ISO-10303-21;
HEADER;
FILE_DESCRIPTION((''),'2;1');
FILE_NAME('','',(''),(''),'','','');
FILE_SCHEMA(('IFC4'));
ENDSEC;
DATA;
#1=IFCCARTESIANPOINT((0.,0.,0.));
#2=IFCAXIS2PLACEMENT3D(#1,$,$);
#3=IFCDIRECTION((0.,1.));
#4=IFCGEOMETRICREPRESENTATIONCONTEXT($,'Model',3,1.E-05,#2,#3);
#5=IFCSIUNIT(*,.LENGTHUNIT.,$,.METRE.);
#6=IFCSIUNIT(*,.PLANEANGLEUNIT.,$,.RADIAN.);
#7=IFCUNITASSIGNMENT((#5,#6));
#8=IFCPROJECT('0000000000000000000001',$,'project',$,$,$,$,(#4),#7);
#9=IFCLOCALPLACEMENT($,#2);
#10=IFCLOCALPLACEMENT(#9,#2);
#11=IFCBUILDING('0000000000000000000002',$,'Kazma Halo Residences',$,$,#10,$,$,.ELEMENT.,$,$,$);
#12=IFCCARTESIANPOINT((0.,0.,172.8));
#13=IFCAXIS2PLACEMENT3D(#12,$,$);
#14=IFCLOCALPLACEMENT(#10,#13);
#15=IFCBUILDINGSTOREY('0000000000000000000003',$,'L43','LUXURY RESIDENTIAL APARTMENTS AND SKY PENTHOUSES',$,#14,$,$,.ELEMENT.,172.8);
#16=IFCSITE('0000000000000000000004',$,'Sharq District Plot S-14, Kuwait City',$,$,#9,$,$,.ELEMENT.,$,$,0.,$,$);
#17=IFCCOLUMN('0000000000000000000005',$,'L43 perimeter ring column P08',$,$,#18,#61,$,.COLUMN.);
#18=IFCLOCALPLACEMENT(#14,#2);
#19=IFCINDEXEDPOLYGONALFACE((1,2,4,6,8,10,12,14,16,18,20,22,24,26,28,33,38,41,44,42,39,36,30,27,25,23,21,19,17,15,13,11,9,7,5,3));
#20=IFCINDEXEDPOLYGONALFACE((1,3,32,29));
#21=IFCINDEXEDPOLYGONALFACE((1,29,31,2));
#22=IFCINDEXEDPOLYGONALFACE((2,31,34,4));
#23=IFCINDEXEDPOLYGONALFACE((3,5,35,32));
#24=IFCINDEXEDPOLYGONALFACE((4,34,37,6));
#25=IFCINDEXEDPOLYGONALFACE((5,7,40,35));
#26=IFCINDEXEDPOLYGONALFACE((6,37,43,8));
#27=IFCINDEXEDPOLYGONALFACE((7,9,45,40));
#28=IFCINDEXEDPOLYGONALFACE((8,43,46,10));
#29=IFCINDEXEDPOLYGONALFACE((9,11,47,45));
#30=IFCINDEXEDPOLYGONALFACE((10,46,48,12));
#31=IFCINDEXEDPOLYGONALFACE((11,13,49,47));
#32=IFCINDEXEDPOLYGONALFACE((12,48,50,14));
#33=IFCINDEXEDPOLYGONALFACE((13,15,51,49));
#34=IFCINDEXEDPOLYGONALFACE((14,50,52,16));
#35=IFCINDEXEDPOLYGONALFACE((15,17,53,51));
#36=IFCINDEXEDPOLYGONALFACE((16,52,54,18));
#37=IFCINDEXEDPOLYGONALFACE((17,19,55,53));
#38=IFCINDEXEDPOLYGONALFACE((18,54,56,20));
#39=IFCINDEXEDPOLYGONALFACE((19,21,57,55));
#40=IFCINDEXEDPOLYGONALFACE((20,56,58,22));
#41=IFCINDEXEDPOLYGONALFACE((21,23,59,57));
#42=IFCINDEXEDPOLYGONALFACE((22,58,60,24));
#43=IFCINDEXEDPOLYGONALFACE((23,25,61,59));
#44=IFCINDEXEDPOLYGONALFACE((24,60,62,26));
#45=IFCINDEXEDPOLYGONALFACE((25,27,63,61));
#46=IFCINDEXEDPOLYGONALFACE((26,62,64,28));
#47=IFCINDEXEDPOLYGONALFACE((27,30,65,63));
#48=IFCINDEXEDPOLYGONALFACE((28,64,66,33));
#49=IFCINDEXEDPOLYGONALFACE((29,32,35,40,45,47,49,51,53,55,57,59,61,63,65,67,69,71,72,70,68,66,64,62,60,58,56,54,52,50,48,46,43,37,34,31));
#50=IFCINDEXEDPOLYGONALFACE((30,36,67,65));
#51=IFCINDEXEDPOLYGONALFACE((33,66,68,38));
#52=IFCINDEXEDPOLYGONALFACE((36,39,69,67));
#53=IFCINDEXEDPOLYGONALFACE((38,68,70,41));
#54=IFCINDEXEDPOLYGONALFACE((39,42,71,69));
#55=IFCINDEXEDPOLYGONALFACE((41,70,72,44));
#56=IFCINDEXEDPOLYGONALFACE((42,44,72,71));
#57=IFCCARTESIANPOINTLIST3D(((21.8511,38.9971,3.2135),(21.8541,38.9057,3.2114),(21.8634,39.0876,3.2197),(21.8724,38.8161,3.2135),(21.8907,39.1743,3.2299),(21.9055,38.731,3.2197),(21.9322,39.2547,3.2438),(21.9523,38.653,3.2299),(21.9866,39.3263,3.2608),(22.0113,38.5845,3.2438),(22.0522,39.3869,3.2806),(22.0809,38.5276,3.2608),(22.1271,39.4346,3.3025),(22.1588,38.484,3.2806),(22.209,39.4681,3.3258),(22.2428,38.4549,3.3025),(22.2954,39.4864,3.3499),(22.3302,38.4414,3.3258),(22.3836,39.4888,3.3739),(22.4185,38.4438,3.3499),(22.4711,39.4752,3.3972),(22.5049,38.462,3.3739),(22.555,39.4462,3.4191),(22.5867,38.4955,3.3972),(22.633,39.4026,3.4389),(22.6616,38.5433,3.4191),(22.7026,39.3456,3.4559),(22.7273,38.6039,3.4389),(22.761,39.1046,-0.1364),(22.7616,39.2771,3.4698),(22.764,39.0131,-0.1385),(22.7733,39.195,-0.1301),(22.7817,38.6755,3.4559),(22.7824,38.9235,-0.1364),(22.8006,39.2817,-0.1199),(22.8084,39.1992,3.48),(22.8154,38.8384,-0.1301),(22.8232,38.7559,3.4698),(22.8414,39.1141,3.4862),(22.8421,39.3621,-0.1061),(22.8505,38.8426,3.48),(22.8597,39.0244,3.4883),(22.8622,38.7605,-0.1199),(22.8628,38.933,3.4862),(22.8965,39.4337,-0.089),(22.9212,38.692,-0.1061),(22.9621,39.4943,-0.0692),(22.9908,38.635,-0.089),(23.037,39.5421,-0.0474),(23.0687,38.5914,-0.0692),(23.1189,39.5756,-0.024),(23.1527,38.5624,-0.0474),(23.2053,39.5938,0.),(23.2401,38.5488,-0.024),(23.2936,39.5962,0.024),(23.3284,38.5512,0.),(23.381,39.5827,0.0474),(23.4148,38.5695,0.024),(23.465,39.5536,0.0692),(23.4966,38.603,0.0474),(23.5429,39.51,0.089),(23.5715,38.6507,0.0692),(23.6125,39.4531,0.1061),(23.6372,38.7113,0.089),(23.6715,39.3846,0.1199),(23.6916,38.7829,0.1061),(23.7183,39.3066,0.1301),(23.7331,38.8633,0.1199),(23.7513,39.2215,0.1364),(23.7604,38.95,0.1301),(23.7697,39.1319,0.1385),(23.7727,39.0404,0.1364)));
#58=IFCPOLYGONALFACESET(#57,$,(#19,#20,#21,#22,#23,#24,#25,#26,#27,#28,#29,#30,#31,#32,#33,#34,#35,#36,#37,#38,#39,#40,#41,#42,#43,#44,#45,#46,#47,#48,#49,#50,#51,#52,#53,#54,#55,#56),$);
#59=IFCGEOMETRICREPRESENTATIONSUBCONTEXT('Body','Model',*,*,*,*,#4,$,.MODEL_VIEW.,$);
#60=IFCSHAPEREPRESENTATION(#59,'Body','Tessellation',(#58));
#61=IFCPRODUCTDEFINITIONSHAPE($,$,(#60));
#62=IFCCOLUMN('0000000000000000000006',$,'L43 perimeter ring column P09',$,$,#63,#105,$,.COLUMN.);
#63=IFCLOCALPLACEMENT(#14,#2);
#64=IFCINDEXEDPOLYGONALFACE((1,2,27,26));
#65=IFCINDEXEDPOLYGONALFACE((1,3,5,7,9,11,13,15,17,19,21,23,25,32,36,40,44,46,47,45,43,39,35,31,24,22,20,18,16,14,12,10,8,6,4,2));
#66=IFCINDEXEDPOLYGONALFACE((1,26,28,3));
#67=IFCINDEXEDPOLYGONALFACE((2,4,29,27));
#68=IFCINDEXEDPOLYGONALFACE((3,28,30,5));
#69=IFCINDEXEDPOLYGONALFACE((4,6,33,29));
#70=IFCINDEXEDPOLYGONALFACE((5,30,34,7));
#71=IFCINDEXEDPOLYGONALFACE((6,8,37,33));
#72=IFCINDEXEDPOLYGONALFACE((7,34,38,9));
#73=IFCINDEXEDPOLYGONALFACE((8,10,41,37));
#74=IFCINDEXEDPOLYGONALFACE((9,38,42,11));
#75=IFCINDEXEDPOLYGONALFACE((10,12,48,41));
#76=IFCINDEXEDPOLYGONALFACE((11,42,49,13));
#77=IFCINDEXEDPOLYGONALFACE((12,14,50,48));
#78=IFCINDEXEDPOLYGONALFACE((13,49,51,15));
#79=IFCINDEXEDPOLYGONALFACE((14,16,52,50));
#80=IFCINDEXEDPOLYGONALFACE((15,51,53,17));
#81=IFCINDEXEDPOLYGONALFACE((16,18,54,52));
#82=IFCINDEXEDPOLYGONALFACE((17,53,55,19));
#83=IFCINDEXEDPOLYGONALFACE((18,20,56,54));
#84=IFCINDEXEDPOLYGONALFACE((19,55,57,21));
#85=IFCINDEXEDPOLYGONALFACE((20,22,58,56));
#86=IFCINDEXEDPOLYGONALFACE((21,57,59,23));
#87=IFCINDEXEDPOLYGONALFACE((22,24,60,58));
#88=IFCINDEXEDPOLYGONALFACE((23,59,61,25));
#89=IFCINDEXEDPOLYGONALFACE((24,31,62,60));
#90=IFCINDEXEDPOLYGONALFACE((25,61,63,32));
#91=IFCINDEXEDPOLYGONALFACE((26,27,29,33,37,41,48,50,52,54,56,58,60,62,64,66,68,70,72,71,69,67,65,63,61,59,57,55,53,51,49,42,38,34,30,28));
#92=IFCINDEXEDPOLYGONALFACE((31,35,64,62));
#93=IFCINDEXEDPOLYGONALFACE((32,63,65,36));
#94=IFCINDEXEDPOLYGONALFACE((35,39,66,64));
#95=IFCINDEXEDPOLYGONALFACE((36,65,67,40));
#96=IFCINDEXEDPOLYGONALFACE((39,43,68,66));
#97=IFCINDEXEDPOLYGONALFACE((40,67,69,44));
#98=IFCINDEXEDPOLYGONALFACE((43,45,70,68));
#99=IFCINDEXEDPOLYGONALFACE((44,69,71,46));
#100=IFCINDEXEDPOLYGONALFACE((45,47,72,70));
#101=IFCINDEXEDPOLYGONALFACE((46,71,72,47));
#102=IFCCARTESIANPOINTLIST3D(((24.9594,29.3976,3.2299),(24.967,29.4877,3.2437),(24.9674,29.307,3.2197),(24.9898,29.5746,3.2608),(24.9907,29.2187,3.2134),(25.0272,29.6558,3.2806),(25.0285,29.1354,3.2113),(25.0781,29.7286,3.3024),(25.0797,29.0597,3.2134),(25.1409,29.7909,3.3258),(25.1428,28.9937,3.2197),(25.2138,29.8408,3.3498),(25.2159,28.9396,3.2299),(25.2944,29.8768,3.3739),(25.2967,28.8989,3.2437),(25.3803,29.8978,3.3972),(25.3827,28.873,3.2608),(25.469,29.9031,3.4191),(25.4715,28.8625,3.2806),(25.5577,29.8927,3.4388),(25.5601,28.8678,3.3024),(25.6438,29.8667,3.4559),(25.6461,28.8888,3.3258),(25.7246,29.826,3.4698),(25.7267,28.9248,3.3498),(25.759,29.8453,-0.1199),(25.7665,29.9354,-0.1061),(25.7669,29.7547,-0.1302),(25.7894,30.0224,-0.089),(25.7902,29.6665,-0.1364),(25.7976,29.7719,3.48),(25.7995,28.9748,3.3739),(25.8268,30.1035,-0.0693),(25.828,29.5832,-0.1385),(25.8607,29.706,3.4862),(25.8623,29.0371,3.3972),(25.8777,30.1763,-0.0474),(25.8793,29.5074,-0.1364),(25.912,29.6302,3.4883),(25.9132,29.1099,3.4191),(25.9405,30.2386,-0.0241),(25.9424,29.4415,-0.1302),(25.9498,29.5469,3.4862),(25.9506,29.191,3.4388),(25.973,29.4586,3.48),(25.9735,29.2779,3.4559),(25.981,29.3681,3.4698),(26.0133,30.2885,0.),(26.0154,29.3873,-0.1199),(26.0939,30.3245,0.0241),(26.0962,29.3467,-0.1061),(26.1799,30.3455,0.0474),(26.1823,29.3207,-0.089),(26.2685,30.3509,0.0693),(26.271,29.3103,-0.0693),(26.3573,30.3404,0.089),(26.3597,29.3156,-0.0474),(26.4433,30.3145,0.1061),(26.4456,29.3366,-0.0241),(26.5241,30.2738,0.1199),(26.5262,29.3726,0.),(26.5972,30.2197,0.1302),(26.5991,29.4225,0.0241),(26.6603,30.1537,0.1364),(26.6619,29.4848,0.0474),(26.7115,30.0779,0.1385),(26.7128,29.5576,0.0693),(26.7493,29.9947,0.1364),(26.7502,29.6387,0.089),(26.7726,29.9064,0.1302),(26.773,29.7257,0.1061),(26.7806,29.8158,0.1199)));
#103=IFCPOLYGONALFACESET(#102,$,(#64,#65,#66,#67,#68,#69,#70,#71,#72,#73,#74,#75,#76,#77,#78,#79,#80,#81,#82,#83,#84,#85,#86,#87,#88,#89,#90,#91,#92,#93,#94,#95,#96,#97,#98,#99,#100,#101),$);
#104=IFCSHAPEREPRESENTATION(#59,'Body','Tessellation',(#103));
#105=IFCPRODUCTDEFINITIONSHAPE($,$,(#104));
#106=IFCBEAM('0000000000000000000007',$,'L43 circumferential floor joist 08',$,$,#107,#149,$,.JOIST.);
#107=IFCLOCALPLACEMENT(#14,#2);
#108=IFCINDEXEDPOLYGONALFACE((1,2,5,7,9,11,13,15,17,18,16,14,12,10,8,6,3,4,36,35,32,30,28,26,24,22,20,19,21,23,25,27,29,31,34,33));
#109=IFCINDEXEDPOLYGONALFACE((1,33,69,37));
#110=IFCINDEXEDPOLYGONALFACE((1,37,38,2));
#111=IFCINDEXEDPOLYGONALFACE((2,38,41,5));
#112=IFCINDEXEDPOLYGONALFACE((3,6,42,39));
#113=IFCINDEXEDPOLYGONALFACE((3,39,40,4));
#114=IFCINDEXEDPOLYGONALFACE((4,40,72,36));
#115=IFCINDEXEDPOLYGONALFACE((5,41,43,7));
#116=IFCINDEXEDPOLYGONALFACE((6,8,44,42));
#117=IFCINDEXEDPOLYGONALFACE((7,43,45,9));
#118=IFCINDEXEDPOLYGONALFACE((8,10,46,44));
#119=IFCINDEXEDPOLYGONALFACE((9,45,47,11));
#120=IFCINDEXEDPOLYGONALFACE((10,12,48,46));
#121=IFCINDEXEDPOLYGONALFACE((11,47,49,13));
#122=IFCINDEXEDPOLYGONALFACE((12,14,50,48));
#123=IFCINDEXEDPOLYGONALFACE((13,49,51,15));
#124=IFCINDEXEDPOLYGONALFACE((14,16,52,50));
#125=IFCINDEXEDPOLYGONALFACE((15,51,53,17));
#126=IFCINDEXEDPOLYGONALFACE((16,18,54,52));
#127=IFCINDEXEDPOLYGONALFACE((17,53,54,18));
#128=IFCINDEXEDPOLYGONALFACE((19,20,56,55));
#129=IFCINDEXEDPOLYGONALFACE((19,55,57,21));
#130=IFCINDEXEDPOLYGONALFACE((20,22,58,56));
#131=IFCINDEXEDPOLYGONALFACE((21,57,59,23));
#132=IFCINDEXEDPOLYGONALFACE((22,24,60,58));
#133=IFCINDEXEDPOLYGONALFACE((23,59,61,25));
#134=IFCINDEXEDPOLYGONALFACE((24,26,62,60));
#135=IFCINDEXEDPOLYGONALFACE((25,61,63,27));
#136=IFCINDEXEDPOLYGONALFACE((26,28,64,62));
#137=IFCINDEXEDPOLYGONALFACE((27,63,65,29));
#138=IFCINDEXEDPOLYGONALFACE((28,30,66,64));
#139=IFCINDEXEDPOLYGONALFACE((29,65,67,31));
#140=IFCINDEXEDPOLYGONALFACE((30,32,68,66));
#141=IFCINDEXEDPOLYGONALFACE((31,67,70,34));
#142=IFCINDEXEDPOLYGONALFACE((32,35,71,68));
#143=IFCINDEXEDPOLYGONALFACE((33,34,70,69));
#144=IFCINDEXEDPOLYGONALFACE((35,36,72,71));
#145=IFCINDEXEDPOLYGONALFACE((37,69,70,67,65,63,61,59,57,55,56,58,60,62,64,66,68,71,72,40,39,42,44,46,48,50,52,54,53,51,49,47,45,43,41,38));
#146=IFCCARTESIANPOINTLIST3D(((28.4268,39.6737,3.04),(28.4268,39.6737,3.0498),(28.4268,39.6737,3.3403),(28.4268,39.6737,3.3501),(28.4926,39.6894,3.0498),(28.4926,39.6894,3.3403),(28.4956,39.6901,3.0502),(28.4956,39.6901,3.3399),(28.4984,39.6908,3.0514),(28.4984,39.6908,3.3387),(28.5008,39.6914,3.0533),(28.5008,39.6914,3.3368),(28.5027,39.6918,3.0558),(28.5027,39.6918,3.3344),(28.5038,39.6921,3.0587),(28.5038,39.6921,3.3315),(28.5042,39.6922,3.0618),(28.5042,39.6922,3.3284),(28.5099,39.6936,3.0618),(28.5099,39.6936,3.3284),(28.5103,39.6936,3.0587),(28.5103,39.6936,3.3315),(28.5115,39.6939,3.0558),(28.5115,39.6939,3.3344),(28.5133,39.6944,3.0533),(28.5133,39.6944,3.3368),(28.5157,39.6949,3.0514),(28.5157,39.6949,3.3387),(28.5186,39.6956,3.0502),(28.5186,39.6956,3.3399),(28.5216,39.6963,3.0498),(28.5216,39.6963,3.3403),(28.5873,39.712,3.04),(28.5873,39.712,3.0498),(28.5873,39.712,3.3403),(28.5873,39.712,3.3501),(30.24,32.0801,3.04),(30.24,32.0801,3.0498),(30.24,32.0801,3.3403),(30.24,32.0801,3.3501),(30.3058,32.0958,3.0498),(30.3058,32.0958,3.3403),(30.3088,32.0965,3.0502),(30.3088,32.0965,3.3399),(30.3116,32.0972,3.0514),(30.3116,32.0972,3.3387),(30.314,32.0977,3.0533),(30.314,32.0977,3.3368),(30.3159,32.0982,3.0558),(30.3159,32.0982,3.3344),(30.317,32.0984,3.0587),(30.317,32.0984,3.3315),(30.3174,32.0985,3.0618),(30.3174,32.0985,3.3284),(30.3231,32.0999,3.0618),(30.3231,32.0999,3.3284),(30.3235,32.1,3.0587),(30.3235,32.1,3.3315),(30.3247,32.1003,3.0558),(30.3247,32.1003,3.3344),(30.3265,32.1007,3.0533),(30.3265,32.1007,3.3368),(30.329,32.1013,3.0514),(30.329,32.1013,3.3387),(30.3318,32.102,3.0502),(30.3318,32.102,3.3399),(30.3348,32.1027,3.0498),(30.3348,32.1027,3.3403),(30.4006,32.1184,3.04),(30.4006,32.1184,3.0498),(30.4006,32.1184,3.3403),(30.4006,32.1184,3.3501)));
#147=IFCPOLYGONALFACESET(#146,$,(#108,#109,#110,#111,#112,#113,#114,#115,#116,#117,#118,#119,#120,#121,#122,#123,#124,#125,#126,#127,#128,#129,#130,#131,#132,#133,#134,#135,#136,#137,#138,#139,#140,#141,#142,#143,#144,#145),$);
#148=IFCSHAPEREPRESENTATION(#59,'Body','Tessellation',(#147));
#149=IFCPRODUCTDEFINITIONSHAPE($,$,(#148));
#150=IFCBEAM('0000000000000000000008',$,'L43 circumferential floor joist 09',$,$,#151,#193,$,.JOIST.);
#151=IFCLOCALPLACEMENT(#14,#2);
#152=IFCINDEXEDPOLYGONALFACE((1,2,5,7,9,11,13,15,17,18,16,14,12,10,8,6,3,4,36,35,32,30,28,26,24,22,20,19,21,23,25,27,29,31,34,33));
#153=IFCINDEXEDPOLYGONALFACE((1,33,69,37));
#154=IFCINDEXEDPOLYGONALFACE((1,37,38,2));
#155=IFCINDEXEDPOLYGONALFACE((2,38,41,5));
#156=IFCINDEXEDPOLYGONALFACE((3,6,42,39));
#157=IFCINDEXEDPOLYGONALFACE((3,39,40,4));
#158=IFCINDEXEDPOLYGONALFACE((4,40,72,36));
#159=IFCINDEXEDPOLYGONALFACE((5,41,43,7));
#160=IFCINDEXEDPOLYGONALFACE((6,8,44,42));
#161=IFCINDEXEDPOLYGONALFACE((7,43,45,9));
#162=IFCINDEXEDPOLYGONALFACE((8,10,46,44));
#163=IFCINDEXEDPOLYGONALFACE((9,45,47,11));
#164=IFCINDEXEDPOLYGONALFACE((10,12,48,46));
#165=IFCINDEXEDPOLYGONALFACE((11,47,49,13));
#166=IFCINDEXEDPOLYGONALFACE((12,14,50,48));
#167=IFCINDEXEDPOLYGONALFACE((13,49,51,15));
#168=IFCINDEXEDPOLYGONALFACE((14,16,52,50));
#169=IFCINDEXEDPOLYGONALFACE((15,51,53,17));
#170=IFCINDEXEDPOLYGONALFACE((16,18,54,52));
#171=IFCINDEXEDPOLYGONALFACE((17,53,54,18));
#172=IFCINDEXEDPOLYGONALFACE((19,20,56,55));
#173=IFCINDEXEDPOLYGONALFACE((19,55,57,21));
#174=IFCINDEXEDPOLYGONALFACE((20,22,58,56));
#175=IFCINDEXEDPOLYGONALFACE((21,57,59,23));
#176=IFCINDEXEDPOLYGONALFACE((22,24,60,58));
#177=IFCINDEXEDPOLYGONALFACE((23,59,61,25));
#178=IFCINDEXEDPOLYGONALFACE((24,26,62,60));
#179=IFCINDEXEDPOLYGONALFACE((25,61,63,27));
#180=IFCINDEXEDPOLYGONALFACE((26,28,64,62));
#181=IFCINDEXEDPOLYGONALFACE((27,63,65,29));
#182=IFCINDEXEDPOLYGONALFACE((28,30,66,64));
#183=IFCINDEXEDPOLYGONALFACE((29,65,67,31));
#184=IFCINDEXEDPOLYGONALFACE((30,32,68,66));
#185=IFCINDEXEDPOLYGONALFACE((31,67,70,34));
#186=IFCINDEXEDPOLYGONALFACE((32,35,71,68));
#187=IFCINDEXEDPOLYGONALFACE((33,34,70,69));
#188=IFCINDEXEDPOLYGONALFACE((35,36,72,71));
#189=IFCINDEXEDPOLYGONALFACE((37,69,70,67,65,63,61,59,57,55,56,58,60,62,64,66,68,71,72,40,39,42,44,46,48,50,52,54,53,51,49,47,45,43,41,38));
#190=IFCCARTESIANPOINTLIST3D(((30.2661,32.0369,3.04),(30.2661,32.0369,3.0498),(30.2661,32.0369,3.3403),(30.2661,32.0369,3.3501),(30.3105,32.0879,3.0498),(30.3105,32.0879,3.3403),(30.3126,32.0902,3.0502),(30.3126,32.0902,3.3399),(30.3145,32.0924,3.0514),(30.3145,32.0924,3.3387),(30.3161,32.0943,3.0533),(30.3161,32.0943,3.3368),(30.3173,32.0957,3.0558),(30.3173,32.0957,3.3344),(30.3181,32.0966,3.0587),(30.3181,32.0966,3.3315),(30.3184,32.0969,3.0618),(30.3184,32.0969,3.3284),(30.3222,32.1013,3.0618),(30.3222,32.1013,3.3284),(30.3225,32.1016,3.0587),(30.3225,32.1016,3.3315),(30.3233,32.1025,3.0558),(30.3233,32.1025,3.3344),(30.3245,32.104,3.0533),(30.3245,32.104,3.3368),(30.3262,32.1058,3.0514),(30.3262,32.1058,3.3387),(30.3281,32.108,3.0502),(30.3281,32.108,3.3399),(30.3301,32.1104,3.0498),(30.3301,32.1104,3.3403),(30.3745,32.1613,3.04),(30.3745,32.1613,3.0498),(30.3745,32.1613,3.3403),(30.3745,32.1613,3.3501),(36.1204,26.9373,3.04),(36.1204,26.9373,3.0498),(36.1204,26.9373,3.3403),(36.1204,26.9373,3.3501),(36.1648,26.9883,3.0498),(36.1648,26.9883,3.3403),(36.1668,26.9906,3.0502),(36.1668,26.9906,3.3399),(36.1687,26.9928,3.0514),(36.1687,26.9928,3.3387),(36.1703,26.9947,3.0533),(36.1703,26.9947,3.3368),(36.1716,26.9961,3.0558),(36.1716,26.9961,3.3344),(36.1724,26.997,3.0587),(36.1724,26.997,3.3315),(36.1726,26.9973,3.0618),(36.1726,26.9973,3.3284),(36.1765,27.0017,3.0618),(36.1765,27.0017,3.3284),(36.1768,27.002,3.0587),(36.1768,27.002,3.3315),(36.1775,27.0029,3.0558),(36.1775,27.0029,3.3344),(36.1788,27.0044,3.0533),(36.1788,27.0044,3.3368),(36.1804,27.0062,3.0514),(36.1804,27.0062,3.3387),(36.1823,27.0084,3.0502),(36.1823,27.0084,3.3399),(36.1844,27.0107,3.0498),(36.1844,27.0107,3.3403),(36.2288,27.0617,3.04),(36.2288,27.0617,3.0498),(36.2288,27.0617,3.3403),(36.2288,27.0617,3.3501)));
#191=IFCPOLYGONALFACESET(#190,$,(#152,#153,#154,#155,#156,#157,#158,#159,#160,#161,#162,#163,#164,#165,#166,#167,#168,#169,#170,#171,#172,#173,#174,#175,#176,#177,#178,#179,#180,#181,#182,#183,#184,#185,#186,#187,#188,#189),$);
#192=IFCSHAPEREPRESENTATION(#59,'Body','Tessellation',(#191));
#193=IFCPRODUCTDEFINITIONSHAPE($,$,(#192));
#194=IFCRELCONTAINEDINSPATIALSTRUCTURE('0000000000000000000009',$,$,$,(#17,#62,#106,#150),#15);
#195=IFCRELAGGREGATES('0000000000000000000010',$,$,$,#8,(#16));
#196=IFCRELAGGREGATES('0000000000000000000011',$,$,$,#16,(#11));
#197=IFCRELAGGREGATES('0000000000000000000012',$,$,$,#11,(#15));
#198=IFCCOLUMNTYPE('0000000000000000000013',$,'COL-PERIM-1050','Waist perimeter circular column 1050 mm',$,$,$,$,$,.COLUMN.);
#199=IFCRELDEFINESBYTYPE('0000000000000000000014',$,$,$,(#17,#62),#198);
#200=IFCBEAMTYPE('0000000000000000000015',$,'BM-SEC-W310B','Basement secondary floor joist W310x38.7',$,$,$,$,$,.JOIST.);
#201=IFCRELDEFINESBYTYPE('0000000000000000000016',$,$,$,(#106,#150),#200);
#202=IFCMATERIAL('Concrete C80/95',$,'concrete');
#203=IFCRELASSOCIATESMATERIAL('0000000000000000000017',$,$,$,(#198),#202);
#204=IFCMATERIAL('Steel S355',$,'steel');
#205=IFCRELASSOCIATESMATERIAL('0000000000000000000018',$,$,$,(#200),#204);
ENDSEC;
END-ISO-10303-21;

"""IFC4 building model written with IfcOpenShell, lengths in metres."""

from ifc_helpers import new_model, si_unit, direction, frame, origin, origin_2d, place, context, subcontext, project, spatial, circle, i_section, extrude, material, material_profile, profile_set, type_object, element, save


model = new_model("IFC4")

# Units and contexts
model_context = context("Model", 3, precision=1e-05, world=origin(), true_north=direction((0.0, 1.0)))
body_context = subcontext(model_context, "Body", "Model", "MODEL_VIEW")
ifc_project = project(units=[si_unit("LENGTHUNIT", "METRE"), si_unit("PLANEANGLEUNIT", "RADIAN")], contexts=[model_context])

# Site, building, storey
site_placement = place(None, origin())
site = spatial("IfcSite", under=ifc_project, at=site_placement, Name="Sharq District Plot S-14, Kuwait City", CompositionType="ELEMENT", RefElevation=0.0)
building_placement = place(site_placement, origin())
building = spatial("IfcBuilding", under=site, at=building_placement, Name="Kazma Halo Residences", CompositionType="ELEMENT")
storey_placement = place(building_placement, frame((0.0, 0.0, 172.8)))
storey = spatial("IfcBuildingStorey", under=building, at=storey_placement, Name="L43", Description="LUXURY RESIDENTIAL APARTMENTS AND SKY PENTHOUSES", CompositionType="ELEMENT", Elevation=172.8)

# Columns
ifc_material_1 = material(Name="Concrete C80/95", Category="concrete")
ifc_material_profile_1 = material_profile(ifc_material_1, circle(Radius=0.5249, at=origin_2d()), Name="CIRC1050")
ifc_profile_set_1 = profile_set([ifc_material_profile_1], Name="Concrete C80/95")
column_type = type_object("IfcColumnType", Name="COL-PERIM-1050", Description="Waist perimeter circular column 1050 mm", PredefinedType="COLUMN", material=ifc_profile_set_1)
for number, where, z_axis, x_axis, name in (
    (1, (23.2668, 39.0725, 0.0), (-0.262004, -0.030932, 0.964571), (0.117243, -0.993103, 0.0), "L43 perimeter ring column P08"),
    (2, (26.2698, 29.8306, 0.0), (-0.230226, -0.128927, 0.964559), (0.488603, -0.872506, 0.0), "L43 perimeter ring column P09"),
):
    element("IfcColumn", number, at=place(storey_placement, frame(where, z_axis=z_axis, x_axis=x_axis)), inside=storey, type_object=column_type, Name=name, PredefinedType="COLUMN", context=body_context, shape_type="SweptSolid", body=[
        extrude(circle(Radius=0.5249, at=origin_2d()), origin(), (0.0, 0.0, 1.0), 3.4729),
    ])

# Beams
ifc_material_2 = material(Name="Steel S355", Category="steel")
ifc_material_profile_2 = material_profile(ifc_material_2, i_section(OverallWidth=0.165, OverallDepth=0.3101, WebThickness=0.0059, FlangeThickness=0.0098, FilletRadius=0.012, at=origin_2d()), Name="W310x38.7")
ifc_profile_set_2 = profile_set([ifc_material_profile_2], Name="Steel S355")
beam_type_1 = type_object("IfcBeamType", Name="BM-SEC-W310B", Description="Basement secondary floor joist W310x38.7", PredefinedType="JOIST", material=ifc_profile_set_2)
beam_1_placement = place(storey_placement, frame((28.5071, 39.6929, 3.1951), z_axis=(0.23225, -0.972656, 0.0), x_axis=(0.972656, 0.23225, 0.0)))
element("IfcBeam", 3, at=beam_1_placement, inside=storey, type_object=beam_type_1, Name="L43 circumferential floor joist 08", PredefinedType="JOIST", context=body_context, shape_type="SweptSolid", body=[
    extrude(i_section(OverallWidth=0.165, OverallDepth=0.3101, WebThickness=0.0059, FlangeThickness=0.0098, FilletRadius=0.012, at=origin_2d()), origin(), (0.0, 0.0, 1.0), 7.8071),
])
beam_2_placement = place(storey_placement, frame((30.3203, 32.0991, 3.1951), z_axis=(0.754034, -0.656836, 0.0), x_axis=(0.656836, 0.754034, 0.0)))
element("IfcBeam", 4, at=beam_2_placement, inside=storey, type_object=beam_type_1, Name="L43 circumferential floor joist 09", PredefinedType="JOIST", context=body_context, shape_type="SweptSolid", body=[
    extrude(i_section(OverallWidth=0.165, OverallDepth=0.3101, WebThickness=0.0059, FlangeThickness=0.0098, FilletRadius=0.012, at=origin_2d()), origin(), (0.0, 0.0, 1.0), 7.7639),
])

save(model, "model.ifc")
